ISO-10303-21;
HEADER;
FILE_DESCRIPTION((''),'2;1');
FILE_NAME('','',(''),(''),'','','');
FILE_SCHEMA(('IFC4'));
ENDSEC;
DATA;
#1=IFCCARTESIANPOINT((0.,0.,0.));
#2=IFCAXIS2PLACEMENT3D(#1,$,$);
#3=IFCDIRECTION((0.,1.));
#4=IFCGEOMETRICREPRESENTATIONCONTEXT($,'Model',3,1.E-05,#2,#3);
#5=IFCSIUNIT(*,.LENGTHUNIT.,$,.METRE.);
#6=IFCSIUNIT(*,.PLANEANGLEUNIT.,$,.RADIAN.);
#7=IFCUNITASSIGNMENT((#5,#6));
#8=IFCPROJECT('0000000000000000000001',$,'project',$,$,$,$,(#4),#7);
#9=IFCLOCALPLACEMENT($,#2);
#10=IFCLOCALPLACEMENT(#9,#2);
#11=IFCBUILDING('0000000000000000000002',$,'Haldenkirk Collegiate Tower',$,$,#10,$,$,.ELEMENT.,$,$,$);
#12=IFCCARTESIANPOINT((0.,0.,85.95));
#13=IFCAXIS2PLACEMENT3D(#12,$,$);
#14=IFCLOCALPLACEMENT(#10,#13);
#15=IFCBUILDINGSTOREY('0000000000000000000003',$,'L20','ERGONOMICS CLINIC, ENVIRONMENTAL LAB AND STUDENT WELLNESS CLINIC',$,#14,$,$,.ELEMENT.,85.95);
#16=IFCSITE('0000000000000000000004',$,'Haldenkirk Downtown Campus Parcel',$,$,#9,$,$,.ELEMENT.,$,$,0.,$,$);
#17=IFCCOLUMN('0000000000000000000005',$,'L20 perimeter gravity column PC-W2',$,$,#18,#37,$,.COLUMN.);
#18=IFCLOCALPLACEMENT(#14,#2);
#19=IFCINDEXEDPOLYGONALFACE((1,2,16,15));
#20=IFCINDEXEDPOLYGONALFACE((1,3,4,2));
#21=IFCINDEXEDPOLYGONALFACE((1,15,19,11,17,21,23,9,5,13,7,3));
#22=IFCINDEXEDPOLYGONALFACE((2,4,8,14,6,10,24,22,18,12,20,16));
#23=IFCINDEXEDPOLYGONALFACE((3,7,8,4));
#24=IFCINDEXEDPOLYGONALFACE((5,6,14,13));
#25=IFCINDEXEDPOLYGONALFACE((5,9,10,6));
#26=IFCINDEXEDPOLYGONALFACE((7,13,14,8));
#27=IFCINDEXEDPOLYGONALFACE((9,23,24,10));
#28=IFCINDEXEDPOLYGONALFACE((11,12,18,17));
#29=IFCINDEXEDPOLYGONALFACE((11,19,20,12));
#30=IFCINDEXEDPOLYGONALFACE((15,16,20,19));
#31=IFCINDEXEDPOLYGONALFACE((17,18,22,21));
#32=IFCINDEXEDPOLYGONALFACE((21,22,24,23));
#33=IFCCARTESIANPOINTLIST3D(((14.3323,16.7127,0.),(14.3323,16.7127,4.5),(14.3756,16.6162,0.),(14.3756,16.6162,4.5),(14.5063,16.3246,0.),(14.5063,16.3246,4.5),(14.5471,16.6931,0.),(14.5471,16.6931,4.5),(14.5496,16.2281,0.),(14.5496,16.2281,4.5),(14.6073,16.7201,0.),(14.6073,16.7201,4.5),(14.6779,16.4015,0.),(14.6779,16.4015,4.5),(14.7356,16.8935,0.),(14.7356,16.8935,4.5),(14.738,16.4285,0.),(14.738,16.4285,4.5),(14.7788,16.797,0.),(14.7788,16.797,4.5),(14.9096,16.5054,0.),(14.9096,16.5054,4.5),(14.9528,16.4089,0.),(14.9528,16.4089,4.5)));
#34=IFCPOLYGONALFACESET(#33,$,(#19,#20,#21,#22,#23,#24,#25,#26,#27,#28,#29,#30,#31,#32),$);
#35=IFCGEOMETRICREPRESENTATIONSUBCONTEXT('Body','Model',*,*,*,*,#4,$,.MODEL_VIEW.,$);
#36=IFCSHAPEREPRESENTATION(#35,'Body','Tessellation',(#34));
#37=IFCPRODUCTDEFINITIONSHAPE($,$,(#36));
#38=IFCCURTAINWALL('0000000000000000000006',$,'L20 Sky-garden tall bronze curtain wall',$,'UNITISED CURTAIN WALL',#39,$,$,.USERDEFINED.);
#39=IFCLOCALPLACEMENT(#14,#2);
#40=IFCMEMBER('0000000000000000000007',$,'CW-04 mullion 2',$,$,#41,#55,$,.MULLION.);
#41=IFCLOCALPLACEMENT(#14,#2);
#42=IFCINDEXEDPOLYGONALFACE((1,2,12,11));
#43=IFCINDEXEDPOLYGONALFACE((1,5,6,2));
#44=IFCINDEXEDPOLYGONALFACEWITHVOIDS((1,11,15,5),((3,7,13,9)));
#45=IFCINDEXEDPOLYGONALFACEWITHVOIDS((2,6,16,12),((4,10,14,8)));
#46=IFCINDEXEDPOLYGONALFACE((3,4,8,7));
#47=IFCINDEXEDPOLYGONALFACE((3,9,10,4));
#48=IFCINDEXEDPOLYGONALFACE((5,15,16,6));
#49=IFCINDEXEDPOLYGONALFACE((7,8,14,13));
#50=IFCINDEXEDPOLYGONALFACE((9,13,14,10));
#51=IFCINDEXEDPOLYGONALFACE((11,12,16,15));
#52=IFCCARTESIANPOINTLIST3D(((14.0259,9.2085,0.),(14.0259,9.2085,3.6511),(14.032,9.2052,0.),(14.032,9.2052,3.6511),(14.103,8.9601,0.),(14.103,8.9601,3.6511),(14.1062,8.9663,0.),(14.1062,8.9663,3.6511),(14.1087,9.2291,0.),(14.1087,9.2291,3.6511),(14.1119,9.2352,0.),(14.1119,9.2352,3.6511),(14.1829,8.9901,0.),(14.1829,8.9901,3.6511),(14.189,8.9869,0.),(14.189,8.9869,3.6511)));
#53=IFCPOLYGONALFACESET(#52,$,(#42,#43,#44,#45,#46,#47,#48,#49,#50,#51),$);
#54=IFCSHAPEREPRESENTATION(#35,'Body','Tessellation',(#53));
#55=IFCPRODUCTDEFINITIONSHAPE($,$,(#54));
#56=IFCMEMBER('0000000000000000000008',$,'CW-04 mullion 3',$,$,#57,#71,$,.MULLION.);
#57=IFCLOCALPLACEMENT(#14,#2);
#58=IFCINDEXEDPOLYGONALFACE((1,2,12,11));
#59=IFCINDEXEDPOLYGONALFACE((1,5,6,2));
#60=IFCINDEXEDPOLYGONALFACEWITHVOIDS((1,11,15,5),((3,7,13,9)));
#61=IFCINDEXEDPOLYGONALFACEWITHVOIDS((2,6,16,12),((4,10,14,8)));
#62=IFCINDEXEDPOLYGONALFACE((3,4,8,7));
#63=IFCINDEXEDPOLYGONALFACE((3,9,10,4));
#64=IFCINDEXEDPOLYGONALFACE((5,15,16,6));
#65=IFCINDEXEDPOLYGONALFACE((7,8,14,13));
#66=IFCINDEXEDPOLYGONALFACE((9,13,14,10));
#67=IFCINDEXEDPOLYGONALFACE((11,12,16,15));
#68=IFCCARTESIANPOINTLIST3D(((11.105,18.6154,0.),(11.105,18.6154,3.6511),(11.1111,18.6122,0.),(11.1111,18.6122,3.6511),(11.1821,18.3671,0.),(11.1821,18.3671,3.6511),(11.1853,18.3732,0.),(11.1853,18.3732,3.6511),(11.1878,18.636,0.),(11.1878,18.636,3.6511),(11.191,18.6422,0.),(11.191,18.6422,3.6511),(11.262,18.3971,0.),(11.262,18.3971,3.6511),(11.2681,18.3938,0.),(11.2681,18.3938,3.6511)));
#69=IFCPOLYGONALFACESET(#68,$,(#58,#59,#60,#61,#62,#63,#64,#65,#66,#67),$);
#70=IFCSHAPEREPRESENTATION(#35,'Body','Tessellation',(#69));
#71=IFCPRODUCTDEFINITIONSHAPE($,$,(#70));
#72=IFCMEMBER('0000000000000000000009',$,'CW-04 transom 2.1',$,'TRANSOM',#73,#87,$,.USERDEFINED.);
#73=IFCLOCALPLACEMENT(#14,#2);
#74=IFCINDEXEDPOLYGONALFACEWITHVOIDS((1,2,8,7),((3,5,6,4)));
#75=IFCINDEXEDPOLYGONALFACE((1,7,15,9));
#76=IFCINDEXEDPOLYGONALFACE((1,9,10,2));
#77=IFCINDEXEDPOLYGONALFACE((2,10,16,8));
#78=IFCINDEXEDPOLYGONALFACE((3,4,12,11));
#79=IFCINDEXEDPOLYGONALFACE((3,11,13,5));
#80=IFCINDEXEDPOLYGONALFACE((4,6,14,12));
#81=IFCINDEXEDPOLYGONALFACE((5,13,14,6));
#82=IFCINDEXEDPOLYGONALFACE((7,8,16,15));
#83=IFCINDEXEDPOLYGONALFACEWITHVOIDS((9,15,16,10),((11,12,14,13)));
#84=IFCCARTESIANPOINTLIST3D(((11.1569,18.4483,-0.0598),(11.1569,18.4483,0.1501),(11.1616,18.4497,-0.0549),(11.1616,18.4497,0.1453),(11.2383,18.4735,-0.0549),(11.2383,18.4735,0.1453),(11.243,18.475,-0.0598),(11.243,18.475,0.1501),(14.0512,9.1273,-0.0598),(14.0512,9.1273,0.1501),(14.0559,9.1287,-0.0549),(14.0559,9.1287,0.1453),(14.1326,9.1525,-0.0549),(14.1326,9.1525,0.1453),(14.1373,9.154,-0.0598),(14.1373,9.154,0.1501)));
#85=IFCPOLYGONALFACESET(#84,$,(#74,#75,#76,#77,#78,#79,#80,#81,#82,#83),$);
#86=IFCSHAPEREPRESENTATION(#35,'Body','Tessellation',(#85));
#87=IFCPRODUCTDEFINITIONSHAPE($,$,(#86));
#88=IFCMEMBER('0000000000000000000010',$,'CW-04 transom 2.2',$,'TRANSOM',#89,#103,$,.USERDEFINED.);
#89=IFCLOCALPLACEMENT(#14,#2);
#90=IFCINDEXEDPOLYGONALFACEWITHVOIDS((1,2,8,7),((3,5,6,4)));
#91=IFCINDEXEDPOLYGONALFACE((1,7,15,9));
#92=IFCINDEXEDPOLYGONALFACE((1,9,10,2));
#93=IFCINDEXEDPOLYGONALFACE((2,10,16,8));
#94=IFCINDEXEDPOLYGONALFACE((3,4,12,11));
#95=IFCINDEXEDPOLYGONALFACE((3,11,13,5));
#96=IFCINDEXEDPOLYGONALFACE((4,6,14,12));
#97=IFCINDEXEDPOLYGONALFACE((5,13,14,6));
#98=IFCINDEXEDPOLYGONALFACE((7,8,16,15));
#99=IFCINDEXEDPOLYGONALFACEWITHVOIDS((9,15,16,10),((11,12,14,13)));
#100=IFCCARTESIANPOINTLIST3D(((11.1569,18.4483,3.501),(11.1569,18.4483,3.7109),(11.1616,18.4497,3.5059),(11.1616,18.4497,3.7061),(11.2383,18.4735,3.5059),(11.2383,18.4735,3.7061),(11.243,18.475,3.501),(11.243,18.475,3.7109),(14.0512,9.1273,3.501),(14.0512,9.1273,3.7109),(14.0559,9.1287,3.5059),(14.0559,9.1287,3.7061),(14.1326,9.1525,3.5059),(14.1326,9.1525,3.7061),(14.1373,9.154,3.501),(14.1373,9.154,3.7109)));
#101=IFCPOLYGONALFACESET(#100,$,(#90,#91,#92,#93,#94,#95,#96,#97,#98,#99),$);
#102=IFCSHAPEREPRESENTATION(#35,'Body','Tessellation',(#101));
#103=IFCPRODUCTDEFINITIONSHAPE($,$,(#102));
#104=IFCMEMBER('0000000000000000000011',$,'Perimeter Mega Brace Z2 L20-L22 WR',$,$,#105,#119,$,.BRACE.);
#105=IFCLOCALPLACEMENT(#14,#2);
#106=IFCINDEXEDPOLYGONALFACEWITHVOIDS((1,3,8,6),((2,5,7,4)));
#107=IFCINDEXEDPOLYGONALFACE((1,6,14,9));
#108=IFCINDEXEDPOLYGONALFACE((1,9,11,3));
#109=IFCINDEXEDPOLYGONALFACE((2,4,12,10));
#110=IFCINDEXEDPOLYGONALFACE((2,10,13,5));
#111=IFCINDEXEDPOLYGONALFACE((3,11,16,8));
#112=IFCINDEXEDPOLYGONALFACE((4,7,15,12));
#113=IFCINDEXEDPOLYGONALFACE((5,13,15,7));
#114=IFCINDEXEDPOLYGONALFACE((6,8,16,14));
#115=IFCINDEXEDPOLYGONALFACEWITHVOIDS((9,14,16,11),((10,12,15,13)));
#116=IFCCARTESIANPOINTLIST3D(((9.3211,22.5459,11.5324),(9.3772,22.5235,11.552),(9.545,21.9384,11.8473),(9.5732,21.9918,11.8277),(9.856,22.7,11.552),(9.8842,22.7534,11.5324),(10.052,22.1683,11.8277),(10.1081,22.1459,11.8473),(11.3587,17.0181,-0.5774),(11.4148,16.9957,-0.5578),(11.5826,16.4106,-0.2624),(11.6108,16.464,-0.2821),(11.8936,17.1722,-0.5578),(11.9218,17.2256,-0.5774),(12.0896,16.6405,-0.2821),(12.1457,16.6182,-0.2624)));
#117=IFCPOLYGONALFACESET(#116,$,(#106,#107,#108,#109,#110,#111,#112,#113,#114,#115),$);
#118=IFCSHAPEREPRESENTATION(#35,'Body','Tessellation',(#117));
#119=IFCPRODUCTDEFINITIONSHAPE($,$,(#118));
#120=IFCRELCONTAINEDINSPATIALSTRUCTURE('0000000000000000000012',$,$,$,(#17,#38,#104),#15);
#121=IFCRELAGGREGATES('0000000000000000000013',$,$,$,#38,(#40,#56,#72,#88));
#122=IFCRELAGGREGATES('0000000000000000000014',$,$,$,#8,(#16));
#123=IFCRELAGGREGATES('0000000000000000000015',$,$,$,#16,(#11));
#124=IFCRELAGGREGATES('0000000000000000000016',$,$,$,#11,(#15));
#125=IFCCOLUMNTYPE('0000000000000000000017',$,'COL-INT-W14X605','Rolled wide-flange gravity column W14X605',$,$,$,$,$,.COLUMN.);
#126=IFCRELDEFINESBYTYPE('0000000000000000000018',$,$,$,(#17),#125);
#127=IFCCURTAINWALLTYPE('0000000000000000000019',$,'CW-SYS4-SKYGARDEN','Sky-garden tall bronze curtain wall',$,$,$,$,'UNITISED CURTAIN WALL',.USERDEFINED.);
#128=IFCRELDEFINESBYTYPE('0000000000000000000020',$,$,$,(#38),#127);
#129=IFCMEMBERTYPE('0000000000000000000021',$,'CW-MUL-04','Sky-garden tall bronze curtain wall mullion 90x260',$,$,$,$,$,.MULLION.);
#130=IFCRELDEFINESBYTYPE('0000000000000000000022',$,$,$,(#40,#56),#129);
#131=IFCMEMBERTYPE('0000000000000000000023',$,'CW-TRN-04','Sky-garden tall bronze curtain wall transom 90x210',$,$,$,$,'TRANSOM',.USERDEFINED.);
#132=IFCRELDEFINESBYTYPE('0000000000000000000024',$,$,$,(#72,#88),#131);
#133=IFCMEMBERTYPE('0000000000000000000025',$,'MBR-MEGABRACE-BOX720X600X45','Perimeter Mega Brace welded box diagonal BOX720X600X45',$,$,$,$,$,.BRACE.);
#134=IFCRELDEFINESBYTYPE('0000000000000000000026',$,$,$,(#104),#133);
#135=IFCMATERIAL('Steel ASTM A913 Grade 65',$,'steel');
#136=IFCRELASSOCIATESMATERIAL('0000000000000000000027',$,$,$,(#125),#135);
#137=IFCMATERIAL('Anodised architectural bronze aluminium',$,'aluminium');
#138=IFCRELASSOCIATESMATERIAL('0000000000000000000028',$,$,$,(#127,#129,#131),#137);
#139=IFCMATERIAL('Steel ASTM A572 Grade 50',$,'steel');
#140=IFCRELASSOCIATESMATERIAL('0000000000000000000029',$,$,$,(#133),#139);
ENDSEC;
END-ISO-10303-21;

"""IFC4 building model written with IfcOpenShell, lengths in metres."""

from ifc_helpers import new_model, si_unit, direction, frame, origin, origin_2d, place, context, subcontext, project, spatial, hollow_rectangle, i_section, extrude, material, material_profile, profile_set, type_object, element, aggregate, save


model = new_model("IFC4")

# Units and contexts
model_context = context("Model", 3, precision=1e-05, world=origin(), true_north=direction((0.0, 1.0)))
body_context = subcontext(model_context, "Body", "Model", "MODEL_VIEW")
ifc_project = project(units=[si_unit("LENGTHUNIT", "METRE"), si_unit("PLANEANGLEUNIT", "RADIAN")], contexts=[model_context])

# Site, building, storey
site_placement = place(None, origin())
site = spatial("IfcSite", under=ifc_project, at=site_placement, Name="Haldenkirk Downtown Campus Parcel", CompositionType="ELEMENT", RefElevation=0.0)
building_placement = place(site_placement, origin())
building = spatial("IfcBuilding", under=site, at=building_placement, Name="Haldenkirk Collegiate Tower", CompositionType="ELEMENT")
storey_placement = place(building_placement, frame((0.0, 0.0, 85.95)))
storey = spatial("IfcBuildingStorey", under=building, at=storey_placement, Name="L20", Description="ERGONOMICS CLINIC, ENVIRONMENTAL LAB AND STUDENT WELLNESS CLINIC", CompositionType="ELEMENT", Elevation=85.95)

# Column
ifc_material_1 = material(Name="Steel ASTM A913 Grade 65", Category="steel")
ifc_material_profile_1 = material_profile(ifc_material_1, i_section(OverallWidth=0.4419, OverallDepth=0.531, WebThickness=0.0659, FlangeThickness=0.1057, at=origin_2d()), Name="W14X605")
ifc_profile_set_1 = profile_set([ifc_material_profile_1], Name="Steel ASTM A913 Grade 65")
column_type = type_object("IfcColumnType", Name="COL-INT-W14X605", Description="Rolled wide-flange gravity column W14X605", PredefinedType="COLUMN", material=ifc_profile_set_1)
column_placement = place(storey_placement, frame((14.6426, 16.5608, 0.0), z_axis=(0.0, 0.0, 1.0), x_axis=(0.912477, 0.409127, 0.0)))
element("IfcColumn", 1, at=column_placement, inside=storey, type_object=column_type, Name="L20 perimeter gravity column PC-W2", PredefinedType="COLUMN", context=body_context, shape_type="SweptSolid", body=[
    extrude(i_section(OverallWidth=0.4419, OverallDepth=0.531, WebThickness=0.0659, FlangeThickness=0.1057, at=origin_2d()), origin(), (0.0, 0.0, 1.0), 4.5),
])

# Curtain wall, members
ifc_material_2 = material(Name="Anodised architectural bronze aluminium", Category="aluminium")
curtain_wall_type = type_object("IfcCurtainWallType", Name="CW-SYS4-SKYGARDEN", Description="Sky-garden tall bronze curtain wall", ElementType="UNITISED CURTAIN WALL", PredefinedType="USERDEFINED", material=ifc_material_2)
curtain_wall_placement = place(storey_placement, origin())
curtain_wall = element("IfcCurtainWall", 2, at=curtain_wall_placement, inside=storey, type_object=curtain_wall_type, Name="L20 Sky-garden tall bronze curtain wall", ObjectType="UNITISED CURTAIN WALL", PredefinedType="USERDEFINED")
ifc_material_profile_2 = material_profile(ifc_material_2, hollow_rectangle(XDim=0.0901, YDim=0.26, WallThickness=0.0049, at=origin_2d()), Name="CW-MUL-04")
ifc_profile_set_2 = profile_set([ifc_material_profile_2], Name="Anodised architectural bronze aluminium")
member_type_1 = type_object("IfcMemberType", Name="CW-MUL-04", Description="Sky-garden tall bronze curtain wall mullion 90x260", PredefinedType="MULLION", material=ifc_profile_set_2)
member_1_placement = place(storey_placement, frame((14.1074, 9.0977, 0.0), z_axis=(0.0, 0.0, 1.0), x_axis=(-0.95502, -0.296541, 0.0)))
member_1 = element("IfcMember", 3, at=member_1_placement, type_object=member_type_1, Name="CW-04 mullion 2", PredefinedType="MULLION", context=body_context, shape_type="SweptSolid", body=[
    extrude(hollow_rectangle(XDim=0.0901, YDim=0.26, WallThickness=0.0049, at=origin_2d()), origin(), (0.0, 0.0, 1.0), 3.6511),
])
member_2_placement = place(storey_placement, frame((11.1865, 18.5046, 0.0), z_axis=(0.0, 0.0, 1.0), x_axis=(-0.95502, -0.296541, 0.0)))
member_2 = element("IfcMember", 4, at=member_2_placement, type_object=member_type_1, Name="CW-04 mullion 3", PredefinedType="MULLION", context=body_context, shape_type="SweptSolid", body=[
    extrude(hollow_rectangle(XDim=0.0901, YDim=0.26, WallThickness=0.0049, at=origin_2d()), origin(), (0.0, 0.0, 1.0), 3.6511),
])
ifc_material_profile_3 = material_profile(ifc_material_2, hollow_rectangle(XDim=0.0901, YDim=0.21, WallThickness=0.0049, at=origin_2d()), Name="CW-TRN-04")
ifc_profile_set_3 = profile_set([ifc_material_profile_3], Name="Anodised architectural bronze aluminium")
member_type_2 = type_object("IfcMemberType", Name="CW-TRN-04", Description="Sky-garden tall bronze curtain wall transom 90x210", ElementType="TRANSOM", PredefinedType="USERDEFINED", material=ifc_profile_set_3)
member_3_placement = place(storey_placement, frame((14.0942, 9.1406, 0.0452), z_axis=(-0.296544, 0.955019, 0.0), x_axis=(-0.955019, -0.296544, 0.0)))
member_3 = element("IfcMember", 5, at=member_3_placement, type_object=member_type_2, Name="CW-04 transom 2.1", ObjectType="TRANSOM", PredefinedType="USERDEFINED", context=body_context, shape_type="SweptSolid", body=[
    extrude(hollow_rectangle(XDim=0.0901, YDim=0.21, WallThickness=0.0049, at=origin_2d()), origin(), (0.0, 0.0, 1.0), 9.76),
])
member_4_placement = place(storey_placement, frame((14.0942, 9.1406, 3.606), z_axis=(-0.296544, 0.955019, 0.0), x_axis=(-0.955019, -0.296544, 0.0)))
member_4 = element("IfcMember", 6, at=member_4_placement, type_object=member_type_2, Name="CW-04 transom 2.2", ObjectType="TRANSOM", PredefinedType="USERDEFINED", context=body_context, shape_type="SweptSolid", body=[
    extrude(hollow_rectangle(XDim=0.0901, YDim=0.21, WallThickness=0.0049, at=origin_2d()), origin(), (0.0, 0.0, 1.0), 9.76),
])

# Member
ifc_material_3 = material(Name="Steel ASTM A572 Grade 50", Category="steel")
ifc_material_profile_4 = material_profile(ifc_material_3, hollow_rectangle(XDim=0.6001, YDim=0.72, WallThickness=0.0449, at=origin_2d()), Name="BOX720X600X45")
ifc_profile_set_4 = profile_set([ifc_material_profile_4], Name="Steel ASTM A572 Grade 50")
member_type_3 = type_object("IfcMemberType", Name="MBR-MEGABRACE-BOX720X600X45", Description="Perimeter Mega Brace welded box diagonal BOX720X600X45", PredefinedType="BRACE", material=ifc_profile_set_4)
member_5_placement = place(storey_placement, frame((11.7522, 16.8181, -0.4199), z_axis=(-0.151304, 0.410475, 0.899231), x_axis=(-0.938287, -0.345859, 0.0)))
element("IfcMember", 7, at=member_5_placement, inside=storey, type_object=member_type_3, Name="Perimeter Mega Brace Z2 L20-L22 WR", PredefinedType="BRACE", context=body_context, shape_type="SweptSolid", body=[
    extrude(hollow_rectangle(XDim=0.6001, YDim=0.72, WallThickness=0.0449, at=origin_2d()), origin(), (0.0, 0.0, 1.0), 13.4668),
])

aggregate(curtain_wall, [member_1, member_2, member_3, member_4])

save(model, "model.ifc")
